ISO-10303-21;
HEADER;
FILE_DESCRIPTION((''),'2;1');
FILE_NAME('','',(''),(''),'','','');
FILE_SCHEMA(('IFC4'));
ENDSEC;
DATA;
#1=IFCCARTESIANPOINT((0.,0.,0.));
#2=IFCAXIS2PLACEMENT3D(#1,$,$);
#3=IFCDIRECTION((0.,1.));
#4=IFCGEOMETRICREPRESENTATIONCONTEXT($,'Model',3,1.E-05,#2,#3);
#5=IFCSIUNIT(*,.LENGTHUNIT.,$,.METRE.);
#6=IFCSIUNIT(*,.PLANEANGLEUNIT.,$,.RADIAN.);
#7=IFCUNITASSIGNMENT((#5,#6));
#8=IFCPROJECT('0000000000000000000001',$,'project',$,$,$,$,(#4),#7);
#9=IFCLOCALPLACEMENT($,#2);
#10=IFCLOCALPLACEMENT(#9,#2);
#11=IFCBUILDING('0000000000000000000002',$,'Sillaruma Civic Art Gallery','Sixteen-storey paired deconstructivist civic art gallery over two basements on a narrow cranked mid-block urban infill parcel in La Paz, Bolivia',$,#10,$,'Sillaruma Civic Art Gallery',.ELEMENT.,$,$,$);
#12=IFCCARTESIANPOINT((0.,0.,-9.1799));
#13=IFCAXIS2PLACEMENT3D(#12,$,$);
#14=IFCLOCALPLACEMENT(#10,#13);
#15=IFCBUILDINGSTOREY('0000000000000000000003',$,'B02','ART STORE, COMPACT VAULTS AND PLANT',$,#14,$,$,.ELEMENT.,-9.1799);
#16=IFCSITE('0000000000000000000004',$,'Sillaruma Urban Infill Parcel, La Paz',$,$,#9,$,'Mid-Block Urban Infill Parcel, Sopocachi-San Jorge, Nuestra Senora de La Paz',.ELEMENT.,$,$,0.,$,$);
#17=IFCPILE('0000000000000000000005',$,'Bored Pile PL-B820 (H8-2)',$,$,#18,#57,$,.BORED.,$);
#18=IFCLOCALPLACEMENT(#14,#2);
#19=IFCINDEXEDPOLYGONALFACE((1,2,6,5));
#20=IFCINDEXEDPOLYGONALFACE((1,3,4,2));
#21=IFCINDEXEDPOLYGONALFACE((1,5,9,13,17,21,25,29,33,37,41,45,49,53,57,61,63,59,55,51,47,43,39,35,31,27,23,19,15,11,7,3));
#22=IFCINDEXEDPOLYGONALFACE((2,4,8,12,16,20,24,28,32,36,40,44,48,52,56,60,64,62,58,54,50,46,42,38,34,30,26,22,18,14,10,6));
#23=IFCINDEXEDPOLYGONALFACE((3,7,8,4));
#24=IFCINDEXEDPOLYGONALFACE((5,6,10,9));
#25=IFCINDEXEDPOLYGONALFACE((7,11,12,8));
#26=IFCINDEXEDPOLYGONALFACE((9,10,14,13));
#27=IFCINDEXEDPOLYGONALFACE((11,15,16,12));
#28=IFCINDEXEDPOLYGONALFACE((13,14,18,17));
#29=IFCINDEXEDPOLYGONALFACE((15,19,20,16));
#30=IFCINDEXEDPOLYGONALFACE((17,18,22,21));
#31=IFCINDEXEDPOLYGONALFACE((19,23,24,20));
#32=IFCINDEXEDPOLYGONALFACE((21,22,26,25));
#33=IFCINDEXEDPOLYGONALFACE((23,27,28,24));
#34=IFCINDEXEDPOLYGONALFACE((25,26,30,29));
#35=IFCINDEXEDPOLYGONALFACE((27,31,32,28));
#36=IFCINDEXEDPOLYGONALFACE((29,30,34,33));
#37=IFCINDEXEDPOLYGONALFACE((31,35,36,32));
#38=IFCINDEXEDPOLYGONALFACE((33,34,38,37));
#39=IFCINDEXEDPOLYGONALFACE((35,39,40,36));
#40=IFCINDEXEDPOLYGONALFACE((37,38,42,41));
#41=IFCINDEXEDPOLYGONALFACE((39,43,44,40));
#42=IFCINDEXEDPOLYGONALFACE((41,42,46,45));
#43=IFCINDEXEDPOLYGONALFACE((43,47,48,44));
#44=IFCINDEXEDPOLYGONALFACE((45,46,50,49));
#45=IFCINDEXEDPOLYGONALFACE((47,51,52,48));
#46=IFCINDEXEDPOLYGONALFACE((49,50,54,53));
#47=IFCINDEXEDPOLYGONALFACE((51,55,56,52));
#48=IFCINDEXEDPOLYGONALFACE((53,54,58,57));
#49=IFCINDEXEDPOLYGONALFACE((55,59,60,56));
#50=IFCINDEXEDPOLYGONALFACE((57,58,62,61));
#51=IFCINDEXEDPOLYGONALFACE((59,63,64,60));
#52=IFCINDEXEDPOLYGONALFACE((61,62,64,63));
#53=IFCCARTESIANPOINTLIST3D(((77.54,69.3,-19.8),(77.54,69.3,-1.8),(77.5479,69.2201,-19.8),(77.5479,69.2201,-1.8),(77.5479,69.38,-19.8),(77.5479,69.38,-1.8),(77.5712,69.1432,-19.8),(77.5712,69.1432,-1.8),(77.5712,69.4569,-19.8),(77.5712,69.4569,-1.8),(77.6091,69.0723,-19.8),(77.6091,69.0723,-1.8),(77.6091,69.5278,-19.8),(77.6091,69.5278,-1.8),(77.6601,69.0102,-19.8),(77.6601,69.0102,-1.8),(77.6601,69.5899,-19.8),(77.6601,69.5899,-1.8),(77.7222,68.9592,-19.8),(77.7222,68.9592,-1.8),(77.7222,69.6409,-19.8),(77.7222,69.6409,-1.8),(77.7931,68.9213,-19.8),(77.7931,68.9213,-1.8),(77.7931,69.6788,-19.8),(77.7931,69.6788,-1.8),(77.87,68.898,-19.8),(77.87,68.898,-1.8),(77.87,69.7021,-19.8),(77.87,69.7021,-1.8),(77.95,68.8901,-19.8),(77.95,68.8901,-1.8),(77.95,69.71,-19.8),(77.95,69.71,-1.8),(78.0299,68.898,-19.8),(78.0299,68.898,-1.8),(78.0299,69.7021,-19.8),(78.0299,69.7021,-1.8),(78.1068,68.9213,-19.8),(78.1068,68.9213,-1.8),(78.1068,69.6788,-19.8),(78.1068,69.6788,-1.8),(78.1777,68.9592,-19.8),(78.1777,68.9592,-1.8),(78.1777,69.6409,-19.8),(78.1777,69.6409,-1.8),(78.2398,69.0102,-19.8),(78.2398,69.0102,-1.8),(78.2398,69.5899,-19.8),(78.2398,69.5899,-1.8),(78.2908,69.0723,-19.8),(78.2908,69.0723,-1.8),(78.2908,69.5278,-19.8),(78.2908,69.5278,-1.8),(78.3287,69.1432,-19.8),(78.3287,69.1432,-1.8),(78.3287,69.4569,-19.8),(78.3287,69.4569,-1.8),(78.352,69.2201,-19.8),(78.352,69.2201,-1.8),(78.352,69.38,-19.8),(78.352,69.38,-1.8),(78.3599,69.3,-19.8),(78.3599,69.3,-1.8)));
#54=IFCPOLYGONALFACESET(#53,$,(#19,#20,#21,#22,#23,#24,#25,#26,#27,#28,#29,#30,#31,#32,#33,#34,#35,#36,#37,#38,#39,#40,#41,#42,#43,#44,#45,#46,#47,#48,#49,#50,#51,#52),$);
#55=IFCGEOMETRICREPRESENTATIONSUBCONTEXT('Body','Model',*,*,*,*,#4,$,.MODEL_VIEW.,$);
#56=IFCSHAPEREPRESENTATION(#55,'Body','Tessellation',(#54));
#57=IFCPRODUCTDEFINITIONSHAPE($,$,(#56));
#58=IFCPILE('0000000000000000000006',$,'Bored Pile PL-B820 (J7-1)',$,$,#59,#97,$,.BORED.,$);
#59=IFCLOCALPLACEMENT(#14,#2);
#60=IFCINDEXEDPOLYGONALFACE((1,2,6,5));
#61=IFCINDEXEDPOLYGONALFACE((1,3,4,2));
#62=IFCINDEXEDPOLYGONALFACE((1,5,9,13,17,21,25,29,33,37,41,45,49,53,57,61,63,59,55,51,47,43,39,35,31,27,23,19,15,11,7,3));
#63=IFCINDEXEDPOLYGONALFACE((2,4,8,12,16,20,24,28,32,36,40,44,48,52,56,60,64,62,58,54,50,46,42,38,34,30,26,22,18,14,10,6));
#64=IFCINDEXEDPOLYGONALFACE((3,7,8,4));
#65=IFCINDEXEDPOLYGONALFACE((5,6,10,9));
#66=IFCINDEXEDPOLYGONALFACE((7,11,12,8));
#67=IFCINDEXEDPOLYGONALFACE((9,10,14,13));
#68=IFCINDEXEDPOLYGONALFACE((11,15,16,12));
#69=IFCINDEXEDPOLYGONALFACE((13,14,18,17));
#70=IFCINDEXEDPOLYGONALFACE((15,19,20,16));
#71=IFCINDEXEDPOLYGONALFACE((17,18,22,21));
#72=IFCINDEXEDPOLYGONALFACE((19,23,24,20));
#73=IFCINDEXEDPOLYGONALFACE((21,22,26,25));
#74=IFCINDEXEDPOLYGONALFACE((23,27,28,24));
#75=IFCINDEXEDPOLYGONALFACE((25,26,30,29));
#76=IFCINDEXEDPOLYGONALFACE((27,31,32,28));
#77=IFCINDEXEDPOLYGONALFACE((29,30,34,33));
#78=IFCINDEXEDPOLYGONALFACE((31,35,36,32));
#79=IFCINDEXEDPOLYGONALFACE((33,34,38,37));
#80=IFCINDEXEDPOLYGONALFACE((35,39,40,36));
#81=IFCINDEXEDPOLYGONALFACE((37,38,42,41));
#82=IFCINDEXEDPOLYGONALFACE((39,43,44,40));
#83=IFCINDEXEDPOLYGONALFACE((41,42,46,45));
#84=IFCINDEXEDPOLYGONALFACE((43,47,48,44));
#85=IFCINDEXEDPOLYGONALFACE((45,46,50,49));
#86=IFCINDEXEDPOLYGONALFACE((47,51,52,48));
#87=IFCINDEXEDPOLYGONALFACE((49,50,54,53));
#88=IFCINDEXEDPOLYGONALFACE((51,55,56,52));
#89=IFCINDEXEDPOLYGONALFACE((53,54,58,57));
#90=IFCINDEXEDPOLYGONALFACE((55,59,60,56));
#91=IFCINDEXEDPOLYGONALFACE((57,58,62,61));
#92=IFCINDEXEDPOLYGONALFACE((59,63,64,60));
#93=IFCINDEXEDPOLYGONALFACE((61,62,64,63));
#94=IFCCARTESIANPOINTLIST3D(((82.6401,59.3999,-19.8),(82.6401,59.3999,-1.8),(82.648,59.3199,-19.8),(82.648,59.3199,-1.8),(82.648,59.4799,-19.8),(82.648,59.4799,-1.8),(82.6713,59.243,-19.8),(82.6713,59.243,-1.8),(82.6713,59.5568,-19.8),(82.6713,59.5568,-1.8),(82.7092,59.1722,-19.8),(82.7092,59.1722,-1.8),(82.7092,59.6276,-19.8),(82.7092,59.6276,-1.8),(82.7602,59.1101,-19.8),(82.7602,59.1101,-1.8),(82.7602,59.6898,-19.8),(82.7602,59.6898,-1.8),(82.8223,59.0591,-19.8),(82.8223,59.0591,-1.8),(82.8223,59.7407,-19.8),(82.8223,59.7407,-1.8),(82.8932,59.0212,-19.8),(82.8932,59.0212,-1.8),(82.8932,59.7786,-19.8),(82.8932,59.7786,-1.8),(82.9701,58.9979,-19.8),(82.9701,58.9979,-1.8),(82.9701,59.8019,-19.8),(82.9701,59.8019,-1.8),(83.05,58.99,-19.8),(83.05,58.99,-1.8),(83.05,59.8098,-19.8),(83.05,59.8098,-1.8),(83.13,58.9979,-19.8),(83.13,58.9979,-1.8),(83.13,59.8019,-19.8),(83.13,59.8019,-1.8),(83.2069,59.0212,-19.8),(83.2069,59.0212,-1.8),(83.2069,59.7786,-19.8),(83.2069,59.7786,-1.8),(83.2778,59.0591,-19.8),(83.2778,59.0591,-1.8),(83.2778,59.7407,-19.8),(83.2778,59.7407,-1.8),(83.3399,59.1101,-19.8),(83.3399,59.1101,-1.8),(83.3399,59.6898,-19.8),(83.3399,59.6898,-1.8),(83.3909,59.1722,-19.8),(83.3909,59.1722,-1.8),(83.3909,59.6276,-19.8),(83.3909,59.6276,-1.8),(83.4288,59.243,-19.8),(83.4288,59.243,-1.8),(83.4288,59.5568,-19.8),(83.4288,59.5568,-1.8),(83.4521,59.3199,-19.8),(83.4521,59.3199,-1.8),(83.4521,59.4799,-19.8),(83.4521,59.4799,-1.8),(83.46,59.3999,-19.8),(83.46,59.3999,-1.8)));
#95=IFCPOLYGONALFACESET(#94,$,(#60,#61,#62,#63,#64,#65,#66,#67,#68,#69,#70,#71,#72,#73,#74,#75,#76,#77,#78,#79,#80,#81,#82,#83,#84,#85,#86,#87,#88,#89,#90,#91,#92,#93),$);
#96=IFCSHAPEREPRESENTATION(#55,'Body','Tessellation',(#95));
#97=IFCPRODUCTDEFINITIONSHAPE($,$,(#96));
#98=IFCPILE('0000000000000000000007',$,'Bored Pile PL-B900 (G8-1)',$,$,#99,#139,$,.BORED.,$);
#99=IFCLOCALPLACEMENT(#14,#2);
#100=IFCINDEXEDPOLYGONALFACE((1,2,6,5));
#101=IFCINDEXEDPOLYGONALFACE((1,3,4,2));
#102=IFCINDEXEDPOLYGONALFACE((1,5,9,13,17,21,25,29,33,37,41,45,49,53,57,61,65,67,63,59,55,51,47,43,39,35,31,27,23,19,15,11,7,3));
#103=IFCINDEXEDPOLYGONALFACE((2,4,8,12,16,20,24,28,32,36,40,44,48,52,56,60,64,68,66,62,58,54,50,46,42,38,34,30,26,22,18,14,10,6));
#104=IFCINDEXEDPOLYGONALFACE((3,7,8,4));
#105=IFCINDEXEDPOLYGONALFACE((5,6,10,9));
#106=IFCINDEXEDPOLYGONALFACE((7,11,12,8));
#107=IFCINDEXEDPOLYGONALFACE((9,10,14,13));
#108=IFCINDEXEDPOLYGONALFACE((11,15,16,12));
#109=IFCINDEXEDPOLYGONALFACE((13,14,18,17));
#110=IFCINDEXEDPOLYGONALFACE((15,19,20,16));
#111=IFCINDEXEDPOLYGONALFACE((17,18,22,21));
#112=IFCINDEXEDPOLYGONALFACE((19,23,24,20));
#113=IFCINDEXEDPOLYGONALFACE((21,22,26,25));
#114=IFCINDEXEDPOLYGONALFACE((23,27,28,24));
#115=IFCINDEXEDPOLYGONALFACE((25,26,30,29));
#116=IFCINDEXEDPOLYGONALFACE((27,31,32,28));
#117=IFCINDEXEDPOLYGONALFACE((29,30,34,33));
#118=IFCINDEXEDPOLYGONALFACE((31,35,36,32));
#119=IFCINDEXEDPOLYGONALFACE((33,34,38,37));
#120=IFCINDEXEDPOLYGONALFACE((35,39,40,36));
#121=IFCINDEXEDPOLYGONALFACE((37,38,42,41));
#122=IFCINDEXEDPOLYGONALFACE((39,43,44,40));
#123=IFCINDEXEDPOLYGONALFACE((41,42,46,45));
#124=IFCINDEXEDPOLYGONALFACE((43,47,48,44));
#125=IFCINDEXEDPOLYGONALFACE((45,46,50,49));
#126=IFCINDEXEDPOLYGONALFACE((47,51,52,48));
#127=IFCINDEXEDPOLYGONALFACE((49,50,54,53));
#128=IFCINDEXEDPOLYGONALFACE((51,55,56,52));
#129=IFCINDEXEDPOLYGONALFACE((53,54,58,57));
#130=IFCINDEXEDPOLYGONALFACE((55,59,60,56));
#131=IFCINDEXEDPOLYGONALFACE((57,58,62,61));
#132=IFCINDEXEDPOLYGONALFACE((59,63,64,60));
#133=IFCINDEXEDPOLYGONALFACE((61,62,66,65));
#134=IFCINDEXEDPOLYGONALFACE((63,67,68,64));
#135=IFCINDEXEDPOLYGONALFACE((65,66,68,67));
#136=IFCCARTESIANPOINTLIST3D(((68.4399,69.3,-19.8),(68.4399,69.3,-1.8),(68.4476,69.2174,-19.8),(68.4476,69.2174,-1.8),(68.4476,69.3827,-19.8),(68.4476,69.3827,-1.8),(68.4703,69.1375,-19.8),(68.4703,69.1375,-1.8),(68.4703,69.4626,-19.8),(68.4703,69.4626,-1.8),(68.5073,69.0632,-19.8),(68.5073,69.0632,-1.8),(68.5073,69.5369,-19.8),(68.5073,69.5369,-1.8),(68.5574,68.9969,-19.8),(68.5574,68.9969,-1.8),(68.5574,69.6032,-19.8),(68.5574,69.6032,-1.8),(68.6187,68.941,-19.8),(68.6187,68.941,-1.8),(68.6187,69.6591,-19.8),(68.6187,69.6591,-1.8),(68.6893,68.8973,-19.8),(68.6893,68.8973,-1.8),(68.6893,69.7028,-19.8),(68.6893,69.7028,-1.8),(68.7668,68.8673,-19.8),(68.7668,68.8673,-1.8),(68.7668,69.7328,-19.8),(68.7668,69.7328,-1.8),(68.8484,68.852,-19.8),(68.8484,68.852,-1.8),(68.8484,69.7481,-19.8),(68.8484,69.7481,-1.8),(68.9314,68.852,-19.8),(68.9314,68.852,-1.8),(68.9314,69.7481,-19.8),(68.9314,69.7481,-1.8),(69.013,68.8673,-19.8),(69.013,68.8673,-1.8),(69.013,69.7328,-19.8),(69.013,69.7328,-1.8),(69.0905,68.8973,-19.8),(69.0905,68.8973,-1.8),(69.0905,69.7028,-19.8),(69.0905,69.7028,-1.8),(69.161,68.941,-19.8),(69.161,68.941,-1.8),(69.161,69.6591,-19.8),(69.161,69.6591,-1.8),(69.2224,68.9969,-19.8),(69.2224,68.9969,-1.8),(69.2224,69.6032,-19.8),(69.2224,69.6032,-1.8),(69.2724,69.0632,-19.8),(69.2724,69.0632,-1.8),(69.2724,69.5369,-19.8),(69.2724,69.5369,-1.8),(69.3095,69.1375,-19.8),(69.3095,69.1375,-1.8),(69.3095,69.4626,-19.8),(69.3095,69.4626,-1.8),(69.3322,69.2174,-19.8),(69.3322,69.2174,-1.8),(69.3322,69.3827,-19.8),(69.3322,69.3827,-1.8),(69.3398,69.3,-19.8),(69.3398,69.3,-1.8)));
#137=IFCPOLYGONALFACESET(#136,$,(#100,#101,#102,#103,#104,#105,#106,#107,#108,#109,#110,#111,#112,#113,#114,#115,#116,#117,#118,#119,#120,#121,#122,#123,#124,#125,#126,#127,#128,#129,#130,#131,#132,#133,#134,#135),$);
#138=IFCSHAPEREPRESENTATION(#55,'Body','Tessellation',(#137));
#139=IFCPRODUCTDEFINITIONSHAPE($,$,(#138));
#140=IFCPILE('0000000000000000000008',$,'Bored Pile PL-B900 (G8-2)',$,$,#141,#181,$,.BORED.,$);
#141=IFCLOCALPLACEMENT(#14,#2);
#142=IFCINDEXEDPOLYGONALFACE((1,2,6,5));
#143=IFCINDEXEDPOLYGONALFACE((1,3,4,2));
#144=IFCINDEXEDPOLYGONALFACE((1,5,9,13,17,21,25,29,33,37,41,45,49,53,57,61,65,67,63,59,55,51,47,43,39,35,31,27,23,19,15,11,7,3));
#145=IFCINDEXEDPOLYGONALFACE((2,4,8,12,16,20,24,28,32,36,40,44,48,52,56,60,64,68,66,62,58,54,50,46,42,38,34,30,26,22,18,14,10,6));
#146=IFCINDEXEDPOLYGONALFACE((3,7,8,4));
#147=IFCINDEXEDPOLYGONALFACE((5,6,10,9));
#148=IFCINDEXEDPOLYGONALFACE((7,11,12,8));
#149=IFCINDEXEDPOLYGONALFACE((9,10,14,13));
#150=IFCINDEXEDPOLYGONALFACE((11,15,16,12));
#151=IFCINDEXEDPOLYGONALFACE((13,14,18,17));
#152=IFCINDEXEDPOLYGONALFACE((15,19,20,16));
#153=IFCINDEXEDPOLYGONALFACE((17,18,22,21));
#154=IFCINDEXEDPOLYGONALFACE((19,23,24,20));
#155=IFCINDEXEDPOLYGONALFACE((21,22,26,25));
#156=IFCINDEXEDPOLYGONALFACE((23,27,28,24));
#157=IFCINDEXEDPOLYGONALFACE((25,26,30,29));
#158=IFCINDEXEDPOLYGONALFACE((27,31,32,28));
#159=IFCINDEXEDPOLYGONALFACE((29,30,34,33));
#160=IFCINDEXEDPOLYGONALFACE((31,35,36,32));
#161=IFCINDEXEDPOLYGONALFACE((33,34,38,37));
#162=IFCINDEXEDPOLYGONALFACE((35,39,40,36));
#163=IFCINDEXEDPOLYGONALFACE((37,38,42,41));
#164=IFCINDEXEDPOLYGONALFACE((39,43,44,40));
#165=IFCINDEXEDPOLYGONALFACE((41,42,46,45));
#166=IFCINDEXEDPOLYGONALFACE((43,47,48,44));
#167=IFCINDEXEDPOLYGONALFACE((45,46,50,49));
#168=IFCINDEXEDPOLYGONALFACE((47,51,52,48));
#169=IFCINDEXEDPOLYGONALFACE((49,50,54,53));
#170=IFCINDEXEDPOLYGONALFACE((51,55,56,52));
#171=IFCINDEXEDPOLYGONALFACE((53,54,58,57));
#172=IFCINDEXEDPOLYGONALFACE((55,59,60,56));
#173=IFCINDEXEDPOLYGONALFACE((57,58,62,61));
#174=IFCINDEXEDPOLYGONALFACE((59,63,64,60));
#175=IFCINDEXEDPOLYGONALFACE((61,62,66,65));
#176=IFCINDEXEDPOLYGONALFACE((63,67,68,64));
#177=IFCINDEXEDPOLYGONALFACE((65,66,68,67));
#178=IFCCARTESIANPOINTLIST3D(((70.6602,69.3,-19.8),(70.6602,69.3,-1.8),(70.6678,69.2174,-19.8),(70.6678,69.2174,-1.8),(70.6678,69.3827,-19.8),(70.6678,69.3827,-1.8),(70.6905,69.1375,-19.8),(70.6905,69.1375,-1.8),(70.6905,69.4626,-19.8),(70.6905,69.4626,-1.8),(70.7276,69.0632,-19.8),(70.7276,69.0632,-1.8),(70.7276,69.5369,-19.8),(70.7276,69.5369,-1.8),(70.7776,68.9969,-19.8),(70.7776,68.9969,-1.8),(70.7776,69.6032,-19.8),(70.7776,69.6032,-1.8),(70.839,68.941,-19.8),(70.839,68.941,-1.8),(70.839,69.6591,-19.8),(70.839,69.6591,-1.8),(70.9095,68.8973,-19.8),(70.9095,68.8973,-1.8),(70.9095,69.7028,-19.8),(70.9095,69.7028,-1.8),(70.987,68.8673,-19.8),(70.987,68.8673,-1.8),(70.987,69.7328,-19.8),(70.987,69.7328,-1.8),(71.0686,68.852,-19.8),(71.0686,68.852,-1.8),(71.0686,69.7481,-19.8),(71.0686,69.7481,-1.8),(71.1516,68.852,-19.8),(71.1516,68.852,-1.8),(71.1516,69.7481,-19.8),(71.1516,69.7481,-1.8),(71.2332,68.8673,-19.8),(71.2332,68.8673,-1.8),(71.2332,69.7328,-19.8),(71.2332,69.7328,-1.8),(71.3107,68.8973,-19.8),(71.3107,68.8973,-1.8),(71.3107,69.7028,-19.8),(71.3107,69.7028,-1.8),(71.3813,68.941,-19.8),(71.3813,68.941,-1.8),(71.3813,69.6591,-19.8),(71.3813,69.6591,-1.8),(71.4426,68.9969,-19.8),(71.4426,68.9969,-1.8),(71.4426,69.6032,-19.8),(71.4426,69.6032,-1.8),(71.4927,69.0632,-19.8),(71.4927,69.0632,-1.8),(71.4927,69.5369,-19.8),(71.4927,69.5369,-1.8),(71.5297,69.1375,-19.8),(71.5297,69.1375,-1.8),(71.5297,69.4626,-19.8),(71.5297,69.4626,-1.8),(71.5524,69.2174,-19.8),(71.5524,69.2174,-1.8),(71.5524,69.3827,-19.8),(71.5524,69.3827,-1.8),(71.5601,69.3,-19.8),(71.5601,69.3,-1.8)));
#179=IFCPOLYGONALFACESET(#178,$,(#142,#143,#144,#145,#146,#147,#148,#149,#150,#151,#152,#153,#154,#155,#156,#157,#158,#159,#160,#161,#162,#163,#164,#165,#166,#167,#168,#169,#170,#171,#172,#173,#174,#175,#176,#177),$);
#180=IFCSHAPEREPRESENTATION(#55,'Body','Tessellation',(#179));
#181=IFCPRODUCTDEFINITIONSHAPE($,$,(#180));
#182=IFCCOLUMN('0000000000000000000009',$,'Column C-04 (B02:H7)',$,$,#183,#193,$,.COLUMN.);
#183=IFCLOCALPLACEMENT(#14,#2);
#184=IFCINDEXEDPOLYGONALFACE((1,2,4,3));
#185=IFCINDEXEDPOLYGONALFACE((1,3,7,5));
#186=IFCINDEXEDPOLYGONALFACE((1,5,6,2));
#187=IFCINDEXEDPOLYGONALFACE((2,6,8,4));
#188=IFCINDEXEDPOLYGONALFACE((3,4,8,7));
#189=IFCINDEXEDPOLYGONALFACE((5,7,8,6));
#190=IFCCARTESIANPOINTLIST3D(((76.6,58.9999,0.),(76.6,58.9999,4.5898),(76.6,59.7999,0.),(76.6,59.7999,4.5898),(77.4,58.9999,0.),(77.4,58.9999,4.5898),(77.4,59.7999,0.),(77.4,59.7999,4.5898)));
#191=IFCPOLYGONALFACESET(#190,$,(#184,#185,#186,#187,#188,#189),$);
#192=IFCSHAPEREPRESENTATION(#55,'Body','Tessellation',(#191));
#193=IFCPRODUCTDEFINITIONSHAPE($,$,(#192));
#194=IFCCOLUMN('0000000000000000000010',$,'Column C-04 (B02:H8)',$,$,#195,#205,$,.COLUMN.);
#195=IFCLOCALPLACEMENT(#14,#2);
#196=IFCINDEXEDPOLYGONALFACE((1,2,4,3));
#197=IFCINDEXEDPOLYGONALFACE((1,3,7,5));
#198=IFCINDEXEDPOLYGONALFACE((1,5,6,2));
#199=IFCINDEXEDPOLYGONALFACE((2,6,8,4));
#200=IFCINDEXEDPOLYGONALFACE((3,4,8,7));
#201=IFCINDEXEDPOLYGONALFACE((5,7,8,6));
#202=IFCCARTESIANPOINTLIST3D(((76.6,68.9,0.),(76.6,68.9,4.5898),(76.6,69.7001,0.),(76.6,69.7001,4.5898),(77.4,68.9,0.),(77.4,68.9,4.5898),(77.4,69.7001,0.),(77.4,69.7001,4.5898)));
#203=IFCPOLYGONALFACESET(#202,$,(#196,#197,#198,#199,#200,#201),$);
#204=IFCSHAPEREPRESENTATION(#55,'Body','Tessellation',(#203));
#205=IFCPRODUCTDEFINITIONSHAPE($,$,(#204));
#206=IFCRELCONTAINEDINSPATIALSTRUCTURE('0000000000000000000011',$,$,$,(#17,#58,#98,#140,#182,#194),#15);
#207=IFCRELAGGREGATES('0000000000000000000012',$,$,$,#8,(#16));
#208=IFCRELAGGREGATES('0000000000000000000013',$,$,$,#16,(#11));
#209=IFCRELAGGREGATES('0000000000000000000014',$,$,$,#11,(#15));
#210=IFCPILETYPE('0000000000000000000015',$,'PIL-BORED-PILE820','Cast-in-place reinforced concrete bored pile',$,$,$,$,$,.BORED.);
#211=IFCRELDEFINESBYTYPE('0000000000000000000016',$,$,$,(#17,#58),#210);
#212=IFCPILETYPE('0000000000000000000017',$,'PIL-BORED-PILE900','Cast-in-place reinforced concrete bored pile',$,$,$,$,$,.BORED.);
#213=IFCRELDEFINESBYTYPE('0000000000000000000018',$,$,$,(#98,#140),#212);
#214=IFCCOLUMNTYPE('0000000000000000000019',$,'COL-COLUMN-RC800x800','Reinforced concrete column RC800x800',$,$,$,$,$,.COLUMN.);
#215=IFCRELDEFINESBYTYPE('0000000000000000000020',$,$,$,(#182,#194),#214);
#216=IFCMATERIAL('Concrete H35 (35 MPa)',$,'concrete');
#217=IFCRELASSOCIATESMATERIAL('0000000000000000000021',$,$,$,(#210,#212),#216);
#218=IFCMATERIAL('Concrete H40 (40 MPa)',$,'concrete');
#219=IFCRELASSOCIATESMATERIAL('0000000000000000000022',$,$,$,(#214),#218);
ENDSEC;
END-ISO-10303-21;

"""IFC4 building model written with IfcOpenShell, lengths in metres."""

from ifc_helpers import new_model, si_unit, direction, frame, origin, origin_2d, place, context, subcontext, project, spatial, rectangle, circle, extrude, material, material_profile, profile_set, type_object, element, save


model = new_model("IFC4")

# Units and contexts
model_context = context("Model", 3, precision=1e-05, world=origin(), true_north=direction((0.0, 1.0)))
body_context = subcontext(model_context, "Body", "Model", "MODEL_VIEW")
ifc_project = project(units=[si_unit("LENGTHUNIT", "METRE"), si_unit("PLANEANGLEUNIT", "RADIAN")], contexts=[model_context])

# Site, building, storey
site_placement = place(None, origin())
site = spatial("IfcSite", under=ifc_project, at=site_placement, Name="Sillaruma Urban Infill Parcel, La Paz", LongName="Mid-Block Urban Infill Parcel, Sopocachi-San Jorge, Nuestra Senora de La Paz", CompositionType="ELEMENT", RefElevation=0.0)
building_placement = place(site_placement, origin())
building = spatial("IfcBuilding", under=site, at=building_placement, Name="Sillaruma Civic Art Gallery", Description="Sixteen-storey paired deconstructivist civic art gallery over two basements on a narrow cranked mid-block urban infill parcel in La Paz, Bolivia", LongName="Sillaruma Civic Art Gallery", CompositionType="ELEMENT")
storey_placement = place(building_placement, frame((0.0, 0.0, -9.1799)))
storey = spatial("IfcBuildingStorey", under=building, at=storey_placement, Name="B02", Description="ART STORE, COMPACT VAULTS AND PLANT", CompositionType="ELEMENT", Elevation=-9.1799)

# Shared definitions
ifc_material_1 = material(Name="Concrete H35 (35 MPa)", Category="concrete")

# Piles
ifc_material_profile_1 = material_profile(ifc_material_1, circle(Radius=0.4099, at=origin_2d()), Name="PILE820")
ifc_profile_set_1 = profile_set([ifc_material_profile_1], Name="Concrete H35 (35 MPa)")
pile_type_1 = type_object("IfcPileType", Name="PIL-BORED-PILE820", Description="Cast-in-place reinforced concrete bored pile", PredefinedType="BORED", material=ifc_profile_set_1)
for number, where, z_axis, x_axis, name in (
    (1, (77.95, 69.3, -1.8), (0.0, 0.0, -1.0), (1.0, 0.0, 0.0), "Bored Pile PL-B820 (H8-2)"),
    (2, (83.05, 59.3999, -1.8), (0.0, 0.0, -1.0), (1.0, 0.0, 0.0), "Bored Pile PL-B820 (J7-1)"),
):
    element("IfcPile", number, at=place(storey_placement, frame(where, z_axis=z_axis, x_axis=x_axis)), inside=storey, type_object=pile_type_1, Name=name, PredefinedType="BORED", context=body_context, shape_type="SweptSolid", body=[
        extrude(circle(Radius=0.4099, at=origin_2d()), origin(), (0.0, 0.0, 1.0), 18.0),
    ])
ifc_material_profile_2 = material_profile(ifc_material_1, circle(Radius=0.45, at=origin_2d()), Name="PILE900")
ifc_profile_set_2 = profile_set([ifc_material_profile_2], Name="Concrete H35 (35 MPa)")
pile_type_2 = type_object("IfcPileType", Name="PIL-BORED-PILE900", Description="Cast-in-place reinforced concrete bored pile", PredefinedType="BORED", material=ifc_profile_set_2)
for number, where, z_axis, x_axis, name in (
    (3, (68.8899, 69.3, -1.8), (0.0, 0.0, -1.0), (1.0, 0.0, 0.0), "Bored Pile PL-B900 (G8-1)"),
    (4, (71.1101, 69.3, -1.8), (0.0, 0.0, -1.0), (1.0, 0.0, 0.0), "Bored Pile PL-B900 (G8-2)"),
):
    element("IfcPile", number, at=place(storey_placement, frame(where, z_axis=z_axis, x_axis=x_axis)), inside=storey, type_object=pile_type_2, Name=name, PredefinedType="BORED", context=body_context, shape_type="SweptSolid", body=[
        extrude(circle(Radius=0.45, at=origin_2d()), origin(), (0.0, 0.0, 1.0), 18.0),
    ])

# Columns
ifc_material_2 = material(Name="Concrete H40 (40 MPa)", Category="concrete")
ifc_material_profile_3 = material_profile(ifc_material_2, rectangle(XDim=0.8, YDim=0.8, at=origin_2d()), Name="RC800x800")
ifc_profile_set_3 = profile_set([ifc_material_profile_3], Name="Concrete H40 (40 MPa)")
column_type_1 = type_object("IfcColumnType", Name="COL-COLUMN-RC800x800", Description="Reinforced concrete column RC800x800", PredefinedType="COLUMN", material=ifc_profile_set_3)
for number, where, z_axis, x_axis, name in (
    (5, (77.0, 59.3999, 0.0), (0.0, 0.0, 1.0), (1.0, 0.0, 0.0), "Column C-04 (B02:H7)"),
    (6, (77.0, 69.3, 0.0), (0.0, 0.0, 1.0), (1.0, 0.0, 0.0), "Column C-04 (B02:H8)"),
):
    element("IfcColumn", number, at=place(storey_placement, frame(where, z_axis=z_axis, x_axis=x_axis)), inside=storey, type_object=column_type_1, Name=name, PredefinedType="COLUMN", context=body_context, shape_type="SweptSolid", body=[
        extrude(rectangle(XDim=0.8, YDim=0.8, at=origin_2d()), origin(), (0.0, 0.0, 1.0), 4.5898),
    ])

save(model, "model.ifc")
